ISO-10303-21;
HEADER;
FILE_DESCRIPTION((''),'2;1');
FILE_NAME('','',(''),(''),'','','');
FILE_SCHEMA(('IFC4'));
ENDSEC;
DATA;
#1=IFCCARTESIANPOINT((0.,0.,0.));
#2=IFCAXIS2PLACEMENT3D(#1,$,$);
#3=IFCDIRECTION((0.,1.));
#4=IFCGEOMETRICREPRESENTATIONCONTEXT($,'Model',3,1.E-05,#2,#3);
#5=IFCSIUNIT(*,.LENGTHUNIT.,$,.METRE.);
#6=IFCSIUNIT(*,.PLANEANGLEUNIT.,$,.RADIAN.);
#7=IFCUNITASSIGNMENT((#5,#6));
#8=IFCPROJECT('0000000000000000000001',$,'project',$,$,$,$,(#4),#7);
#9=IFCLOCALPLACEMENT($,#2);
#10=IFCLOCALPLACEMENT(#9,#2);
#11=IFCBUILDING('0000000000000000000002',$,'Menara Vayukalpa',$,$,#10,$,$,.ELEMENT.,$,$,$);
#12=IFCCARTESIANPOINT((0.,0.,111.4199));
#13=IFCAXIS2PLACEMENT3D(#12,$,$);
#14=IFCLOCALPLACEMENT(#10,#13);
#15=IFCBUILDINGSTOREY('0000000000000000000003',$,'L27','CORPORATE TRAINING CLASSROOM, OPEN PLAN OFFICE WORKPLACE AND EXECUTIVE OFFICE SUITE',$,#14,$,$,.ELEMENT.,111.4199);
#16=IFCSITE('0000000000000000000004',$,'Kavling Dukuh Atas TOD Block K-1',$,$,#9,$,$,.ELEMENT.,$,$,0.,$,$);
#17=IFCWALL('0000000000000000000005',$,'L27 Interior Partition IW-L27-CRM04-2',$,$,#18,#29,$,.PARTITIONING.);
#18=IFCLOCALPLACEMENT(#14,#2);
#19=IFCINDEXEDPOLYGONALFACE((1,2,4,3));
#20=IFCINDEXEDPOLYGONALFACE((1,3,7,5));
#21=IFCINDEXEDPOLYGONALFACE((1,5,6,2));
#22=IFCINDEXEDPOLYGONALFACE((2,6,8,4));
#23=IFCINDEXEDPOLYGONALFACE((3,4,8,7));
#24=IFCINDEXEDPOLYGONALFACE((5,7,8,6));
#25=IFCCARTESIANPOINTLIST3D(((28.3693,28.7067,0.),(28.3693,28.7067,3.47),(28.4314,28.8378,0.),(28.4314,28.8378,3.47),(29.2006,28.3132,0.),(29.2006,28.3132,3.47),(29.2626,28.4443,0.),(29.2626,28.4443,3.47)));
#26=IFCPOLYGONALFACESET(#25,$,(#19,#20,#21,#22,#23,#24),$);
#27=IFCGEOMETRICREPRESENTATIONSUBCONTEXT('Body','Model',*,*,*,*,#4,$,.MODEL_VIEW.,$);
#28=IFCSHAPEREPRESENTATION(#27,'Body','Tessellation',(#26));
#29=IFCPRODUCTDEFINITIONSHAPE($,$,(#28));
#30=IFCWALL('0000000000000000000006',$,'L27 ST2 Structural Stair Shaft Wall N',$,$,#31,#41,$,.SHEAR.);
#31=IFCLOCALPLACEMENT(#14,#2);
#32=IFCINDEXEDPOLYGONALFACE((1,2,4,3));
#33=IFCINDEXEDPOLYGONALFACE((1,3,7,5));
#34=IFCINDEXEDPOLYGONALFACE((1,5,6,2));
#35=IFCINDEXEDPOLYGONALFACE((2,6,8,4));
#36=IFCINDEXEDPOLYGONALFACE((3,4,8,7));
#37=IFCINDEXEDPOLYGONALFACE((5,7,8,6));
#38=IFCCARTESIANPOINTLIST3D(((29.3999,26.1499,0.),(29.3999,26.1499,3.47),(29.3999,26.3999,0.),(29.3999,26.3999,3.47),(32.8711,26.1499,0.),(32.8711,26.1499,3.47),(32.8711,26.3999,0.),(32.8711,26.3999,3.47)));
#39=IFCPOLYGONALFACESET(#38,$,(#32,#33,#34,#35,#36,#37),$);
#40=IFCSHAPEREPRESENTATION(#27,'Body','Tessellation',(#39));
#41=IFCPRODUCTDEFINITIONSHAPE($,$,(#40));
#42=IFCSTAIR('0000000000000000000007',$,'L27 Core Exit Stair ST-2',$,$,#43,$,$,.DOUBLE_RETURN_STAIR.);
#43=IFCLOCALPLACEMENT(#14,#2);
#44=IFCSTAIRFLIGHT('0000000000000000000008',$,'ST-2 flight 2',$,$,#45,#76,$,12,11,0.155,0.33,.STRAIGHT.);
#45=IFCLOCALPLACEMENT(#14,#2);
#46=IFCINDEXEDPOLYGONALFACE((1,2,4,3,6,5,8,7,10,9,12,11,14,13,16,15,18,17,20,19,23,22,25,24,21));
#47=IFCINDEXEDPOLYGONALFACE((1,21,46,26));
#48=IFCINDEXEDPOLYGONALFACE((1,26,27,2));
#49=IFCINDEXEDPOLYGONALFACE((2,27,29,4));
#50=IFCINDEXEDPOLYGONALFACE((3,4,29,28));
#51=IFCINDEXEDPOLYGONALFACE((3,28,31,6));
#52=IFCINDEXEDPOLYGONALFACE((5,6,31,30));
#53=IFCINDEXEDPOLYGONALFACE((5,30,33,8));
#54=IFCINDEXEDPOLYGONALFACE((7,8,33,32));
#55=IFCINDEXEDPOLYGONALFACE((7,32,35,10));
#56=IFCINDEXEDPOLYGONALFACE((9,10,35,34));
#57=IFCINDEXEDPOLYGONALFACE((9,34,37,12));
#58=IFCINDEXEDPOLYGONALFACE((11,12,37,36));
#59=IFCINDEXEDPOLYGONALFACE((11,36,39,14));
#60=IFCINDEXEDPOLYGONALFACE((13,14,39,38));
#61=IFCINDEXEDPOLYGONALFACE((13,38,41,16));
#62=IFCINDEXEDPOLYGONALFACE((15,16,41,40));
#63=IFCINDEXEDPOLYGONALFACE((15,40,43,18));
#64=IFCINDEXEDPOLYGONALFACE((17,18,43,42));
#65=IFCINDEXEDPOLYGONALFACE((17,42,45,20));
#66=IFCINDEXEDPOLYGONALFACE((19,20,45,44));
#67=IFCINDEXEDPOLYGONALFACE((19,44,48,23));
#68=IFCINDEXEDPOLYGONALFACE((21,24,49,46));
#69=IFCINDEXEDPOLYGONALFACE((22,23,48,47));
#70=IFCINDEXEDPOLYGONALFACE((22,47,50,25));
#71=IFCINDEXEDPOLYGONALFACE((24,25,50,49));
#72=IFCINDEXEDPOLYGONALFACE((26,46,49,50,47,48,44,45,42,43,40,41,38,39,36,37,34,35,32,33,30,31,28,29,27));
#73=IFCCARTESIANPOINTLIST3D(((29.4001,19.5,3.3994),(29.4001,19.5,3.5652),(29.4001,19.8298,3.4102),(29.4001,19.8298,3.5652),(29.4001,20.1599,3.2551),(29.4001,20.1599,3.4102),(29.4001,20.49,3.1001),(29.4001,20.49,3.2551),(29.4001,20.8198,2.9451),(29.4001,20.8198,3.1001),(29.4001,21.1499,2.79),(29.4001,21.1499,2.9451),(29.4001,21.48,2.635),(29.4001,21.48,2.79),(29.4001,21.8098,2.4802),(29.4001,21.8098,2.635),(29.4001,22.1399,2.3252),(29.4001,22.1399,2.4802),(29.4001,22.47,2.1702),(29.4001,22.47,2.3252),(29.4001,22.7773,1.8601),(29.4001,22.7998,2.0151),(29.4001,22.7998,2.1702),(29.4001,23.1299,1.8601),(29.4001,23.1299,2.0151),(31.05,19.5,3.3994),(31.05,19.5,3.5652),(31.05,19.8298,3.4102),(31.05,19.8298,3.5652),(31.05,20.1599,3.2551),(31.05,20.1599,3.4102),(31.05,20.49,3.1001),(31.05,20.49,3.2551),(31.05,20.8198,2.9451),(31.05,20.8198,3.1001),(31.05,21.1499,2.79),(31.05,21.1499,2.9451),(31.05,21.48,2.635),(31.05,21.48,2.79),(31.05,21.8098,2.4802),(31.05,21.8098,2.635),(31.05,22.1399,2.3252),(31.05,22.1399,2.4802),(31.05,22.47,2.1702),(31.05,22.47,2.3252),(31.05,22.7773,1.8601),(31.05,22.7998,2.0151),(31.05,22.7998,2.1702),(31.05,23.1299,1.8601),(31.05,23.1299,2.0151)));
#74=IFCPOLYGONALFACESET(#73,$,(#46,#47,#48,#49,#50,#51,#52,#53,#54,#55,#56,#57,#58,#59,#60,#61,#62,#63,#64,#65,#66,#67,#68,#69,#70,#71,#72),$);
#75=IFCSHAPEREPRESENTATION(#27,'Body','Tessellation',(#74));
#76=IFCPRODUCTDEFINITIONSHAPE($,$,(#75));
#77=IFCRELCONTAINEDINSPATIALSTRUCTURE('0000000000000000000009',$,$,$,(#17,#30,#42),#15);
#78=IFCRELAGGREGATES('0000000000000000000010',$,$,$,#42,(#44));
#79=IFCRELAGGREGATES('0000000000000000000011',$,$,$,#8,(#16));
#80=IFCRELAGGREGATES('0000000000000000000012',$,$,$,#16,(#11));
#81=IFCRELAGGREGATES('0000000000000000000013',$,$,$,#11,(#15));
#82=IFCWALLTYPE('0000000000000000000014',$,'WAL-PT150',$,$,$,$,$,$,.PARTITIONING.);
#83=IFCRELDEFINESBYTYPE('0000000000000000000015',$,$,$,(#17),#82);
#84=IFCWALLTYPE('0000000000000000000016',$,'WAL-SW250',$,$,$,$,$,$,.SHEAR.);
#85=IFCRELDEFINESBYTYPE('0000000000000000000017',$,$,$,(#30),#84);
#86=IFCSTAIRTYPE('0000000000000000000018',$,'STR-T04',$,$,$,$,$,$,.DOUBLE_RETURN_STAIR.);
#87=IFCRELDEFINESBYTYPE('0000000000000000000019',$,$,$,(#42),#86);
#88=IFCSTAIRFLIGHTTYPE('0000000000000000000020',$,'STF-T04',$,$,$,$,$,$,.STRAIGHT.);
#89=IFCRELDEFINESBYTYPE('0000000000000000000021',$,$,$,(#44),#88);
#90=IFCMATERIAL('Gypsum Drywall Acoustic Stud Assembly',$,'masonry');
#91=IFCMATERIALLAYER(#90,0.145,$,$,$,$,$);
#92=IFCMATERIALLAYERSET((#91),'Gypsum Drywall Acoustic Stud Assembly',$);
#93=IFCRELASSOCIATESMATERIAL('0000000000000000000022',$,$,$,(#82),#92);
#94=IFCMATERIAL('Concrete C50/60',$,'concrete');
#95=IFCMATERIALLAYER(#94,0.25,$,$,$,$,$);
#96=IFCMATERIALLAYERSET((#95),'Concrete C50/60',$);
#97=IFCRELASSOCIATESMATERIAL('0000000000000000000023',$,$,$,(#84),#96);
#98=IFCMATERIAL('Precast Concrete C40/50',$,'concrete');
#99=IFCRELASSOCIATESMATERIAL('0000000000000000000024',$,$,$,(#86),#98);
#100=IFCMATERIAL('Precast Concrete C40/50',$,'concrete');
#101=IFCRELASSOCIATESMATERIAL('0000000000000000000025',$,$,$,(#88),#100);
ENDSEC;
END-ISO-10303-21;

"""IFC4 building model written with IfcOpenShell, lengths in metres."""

from ifc_helpers import new_model, si_unit, direction, frame, frame_2d, origin, place, context, subcontext, project, spatial, polyline, rectangle, outline, extrude, material, layer, layer_set, type_object, element, aggregate, save


model = new_model("IFC4")

# Units and contexts
model_context = context("Model", 3, precision=1e-05, world=origin(), true_north=direction((0.0, 1.0)))
body_context = subcontext(model_context, "Body", "Model", "MODEL_VIEW")
ifc_project = project(units=[si_unit("LENGTHUNIT", "METRE"), si_unit("PLANEANGLEUNIT", "RADIAN")], contexts=[model_context])

# Site, building, storey
site_placement = place(None, origin())
site = spatial("IfcSite", under=ifc_project, at=site_placement, Name="Kavling Dukuh Atas TOD Block K-1", CompositionType="ELEMENT", RefElevation=0.0)
building_placement = place(site_placement, origin())
building = spatial("IfcBuilding", under=site, at=building_placement, Name="Menara Vayukalpa", CompositionType="ELEMENT")
storey_placement = place(building_placement, frame((0.0, 0.0, 111.4199)))
storey = spatial("IfcBuildingStorey", under=building, at=storey_placement, Name="L27", Description="CORPORATE TRAINING CLASSROOM, OPEN PLAN OFFICE WORKPLACE AND EXECUTIVE OFFICE SUITE", CompositionType="ELEMENT", Elevation=111.4199)

# Walls
ifc_material_1 = material(Name="Gypsum Drywall Acoustic Stud Assembly", Category="masonry")
ifc_layer_1 = layer(ifc_material_1, 0.145)
ifc_layer_set_1 = layer_set([ifc_layer_1], Name="Gypsum Drywall Acoustic Stud Assembly")
wall_type_1 = type_object("IfcWallType", Name="WAL-PT150", PredefinedType="PARTITIONING", material=ifc_layer_set_1)
wall_1_placement = place(storey_placement, frame((29.2317, 28.3787, 0.0), z_axis=(0.0, 0.0, 1.0), x_axis=(-0.90383, 0.427892, 0.0)))
element("IfcWall", 1, at=wall_1_placement, inside=storey, type_object=wall_type_1, Name="L27 Interior Partition IW-L27-CRM04-2", PredefinedType="PARTITIONING", context=body_context, shape_type="SweptSolid", body=[
    extrude(rectangle(XDim=0.9197, YDim=0.145, at=frame_2d((0.46, 0.0))), origin(), (0.0, 0.0, 1.0), 3.47),
])
ifc_material_2 = material(Name="Concrete C50/60", Category="concrete")
ifc_layer_2 = layer(ifc_material_2, 0.25)
ifc_layer_set_2 = layer_set([ifc_layer_2], Name="Concrete C50/60")
wall_type_2 = type_object("IfcWallType", Name="WAL-SW250", PredefinedType="SHEAR", material=ifc_layer_set_2)
wall_2_placement = place(storey_placement, frame((29.3999, 26.2749, 0.0), z_axis=(0.0, 0.0, 1.0), x_axis=(1.0, 0.0, 0.0)))
element("IfcWall", 2, at=wall_2_placement, inside=storey, type_object=wall_type_2, Name="L27 ST2 Structural Stair Shaft Wall N", PredefinedType="SHEAR", context=body_context, shape_type="SweptSolid", body=[
    extrude(rectangle(XDim=3.4712, YDim=0.25, at=frame_2d((1.7356, 0.0))), origin(), (0.0, 0.0, 1.0), 3.47),
])

# Stair, stair flight
ifc_material_3 = material(Name="Precast Concrete C40/50", Category="concrete")
stair_type = type_object("IfcStairType", Name="STR-T04", PredefinedType="DOUBLE_RETURN_STAIR", material=ifc_material_3)
stair_placement = place(storey_placement, origin())
stair = element("IfcStair", 3, at=stair_placement, inside=storey, type_object=stair_type, Name="L27 Core Exit Stair ST-2", PredefinedType="DOUBLE_RETURN_STAIR")
ifc_material_4 = material(Name="Precast Concrete C40/50", Category="concrete")
stair_flight_type = type_object("IfcStairFlightType", Name="STF-T04", PredefinedType="STRAIGHT", material=ifc_material_4)
stair_flight_placement = place(storey_placement, frame((30.2251, 23.1299, 1.8601), z_axis=(0.0, 0.0, 1.0), x_axis=(0.0, -1.0, 0.0)))
stair_flight = element("IfcStairFlight", 4, at=stair_flight_placement, type_object=stair_flight_type, Name="ST-2 flight 2", NumberOfRisers=12, NumberOfTreads=11, PredefinedType="STRAIGHT", RiserHeight=0.155, TreadLength=0.33, context=body_context, shape_type="SweptSolid", body=[
    extrude(outline(polyline([(0.0, 0.0), (0.0, 0.155), (0.3301, 0.155), (0.3301, 0.3101), (0.6599, 0.3101), (0.6599, 0.4651), (0.99, 0.4651), (0.99, 0.6201), (1.3201, 0.6201), (1.3201, 0.7749), (1.6499, 0.7749), (1.6499, 0.9299), (1.98, 0.9299), (1.98, 1.085), (2.3101, 1.085), (2.3101, 1.24), (2.6399, 1.24), (2.6399, 1.395), (2.97, 1.395), (2.97, 1.55), (3.3, 1.55), (3.3, 1.7051), (3.6299, 1.7051), (3.6299, 1.8601), (3.6299, 1.5393), (0.3525, 0.0), (0.0, 0.0)])), frame((0.0, 0.825, 0.0), z_axis=(0.0, -1.0, 0.0), x_axis=(1.0, 0.0, 0.0)), (0.0, 0.0, 1.0), 1.6499),
])
aggregate(stair, [stair_flight])

save(model, "model.ifc")
